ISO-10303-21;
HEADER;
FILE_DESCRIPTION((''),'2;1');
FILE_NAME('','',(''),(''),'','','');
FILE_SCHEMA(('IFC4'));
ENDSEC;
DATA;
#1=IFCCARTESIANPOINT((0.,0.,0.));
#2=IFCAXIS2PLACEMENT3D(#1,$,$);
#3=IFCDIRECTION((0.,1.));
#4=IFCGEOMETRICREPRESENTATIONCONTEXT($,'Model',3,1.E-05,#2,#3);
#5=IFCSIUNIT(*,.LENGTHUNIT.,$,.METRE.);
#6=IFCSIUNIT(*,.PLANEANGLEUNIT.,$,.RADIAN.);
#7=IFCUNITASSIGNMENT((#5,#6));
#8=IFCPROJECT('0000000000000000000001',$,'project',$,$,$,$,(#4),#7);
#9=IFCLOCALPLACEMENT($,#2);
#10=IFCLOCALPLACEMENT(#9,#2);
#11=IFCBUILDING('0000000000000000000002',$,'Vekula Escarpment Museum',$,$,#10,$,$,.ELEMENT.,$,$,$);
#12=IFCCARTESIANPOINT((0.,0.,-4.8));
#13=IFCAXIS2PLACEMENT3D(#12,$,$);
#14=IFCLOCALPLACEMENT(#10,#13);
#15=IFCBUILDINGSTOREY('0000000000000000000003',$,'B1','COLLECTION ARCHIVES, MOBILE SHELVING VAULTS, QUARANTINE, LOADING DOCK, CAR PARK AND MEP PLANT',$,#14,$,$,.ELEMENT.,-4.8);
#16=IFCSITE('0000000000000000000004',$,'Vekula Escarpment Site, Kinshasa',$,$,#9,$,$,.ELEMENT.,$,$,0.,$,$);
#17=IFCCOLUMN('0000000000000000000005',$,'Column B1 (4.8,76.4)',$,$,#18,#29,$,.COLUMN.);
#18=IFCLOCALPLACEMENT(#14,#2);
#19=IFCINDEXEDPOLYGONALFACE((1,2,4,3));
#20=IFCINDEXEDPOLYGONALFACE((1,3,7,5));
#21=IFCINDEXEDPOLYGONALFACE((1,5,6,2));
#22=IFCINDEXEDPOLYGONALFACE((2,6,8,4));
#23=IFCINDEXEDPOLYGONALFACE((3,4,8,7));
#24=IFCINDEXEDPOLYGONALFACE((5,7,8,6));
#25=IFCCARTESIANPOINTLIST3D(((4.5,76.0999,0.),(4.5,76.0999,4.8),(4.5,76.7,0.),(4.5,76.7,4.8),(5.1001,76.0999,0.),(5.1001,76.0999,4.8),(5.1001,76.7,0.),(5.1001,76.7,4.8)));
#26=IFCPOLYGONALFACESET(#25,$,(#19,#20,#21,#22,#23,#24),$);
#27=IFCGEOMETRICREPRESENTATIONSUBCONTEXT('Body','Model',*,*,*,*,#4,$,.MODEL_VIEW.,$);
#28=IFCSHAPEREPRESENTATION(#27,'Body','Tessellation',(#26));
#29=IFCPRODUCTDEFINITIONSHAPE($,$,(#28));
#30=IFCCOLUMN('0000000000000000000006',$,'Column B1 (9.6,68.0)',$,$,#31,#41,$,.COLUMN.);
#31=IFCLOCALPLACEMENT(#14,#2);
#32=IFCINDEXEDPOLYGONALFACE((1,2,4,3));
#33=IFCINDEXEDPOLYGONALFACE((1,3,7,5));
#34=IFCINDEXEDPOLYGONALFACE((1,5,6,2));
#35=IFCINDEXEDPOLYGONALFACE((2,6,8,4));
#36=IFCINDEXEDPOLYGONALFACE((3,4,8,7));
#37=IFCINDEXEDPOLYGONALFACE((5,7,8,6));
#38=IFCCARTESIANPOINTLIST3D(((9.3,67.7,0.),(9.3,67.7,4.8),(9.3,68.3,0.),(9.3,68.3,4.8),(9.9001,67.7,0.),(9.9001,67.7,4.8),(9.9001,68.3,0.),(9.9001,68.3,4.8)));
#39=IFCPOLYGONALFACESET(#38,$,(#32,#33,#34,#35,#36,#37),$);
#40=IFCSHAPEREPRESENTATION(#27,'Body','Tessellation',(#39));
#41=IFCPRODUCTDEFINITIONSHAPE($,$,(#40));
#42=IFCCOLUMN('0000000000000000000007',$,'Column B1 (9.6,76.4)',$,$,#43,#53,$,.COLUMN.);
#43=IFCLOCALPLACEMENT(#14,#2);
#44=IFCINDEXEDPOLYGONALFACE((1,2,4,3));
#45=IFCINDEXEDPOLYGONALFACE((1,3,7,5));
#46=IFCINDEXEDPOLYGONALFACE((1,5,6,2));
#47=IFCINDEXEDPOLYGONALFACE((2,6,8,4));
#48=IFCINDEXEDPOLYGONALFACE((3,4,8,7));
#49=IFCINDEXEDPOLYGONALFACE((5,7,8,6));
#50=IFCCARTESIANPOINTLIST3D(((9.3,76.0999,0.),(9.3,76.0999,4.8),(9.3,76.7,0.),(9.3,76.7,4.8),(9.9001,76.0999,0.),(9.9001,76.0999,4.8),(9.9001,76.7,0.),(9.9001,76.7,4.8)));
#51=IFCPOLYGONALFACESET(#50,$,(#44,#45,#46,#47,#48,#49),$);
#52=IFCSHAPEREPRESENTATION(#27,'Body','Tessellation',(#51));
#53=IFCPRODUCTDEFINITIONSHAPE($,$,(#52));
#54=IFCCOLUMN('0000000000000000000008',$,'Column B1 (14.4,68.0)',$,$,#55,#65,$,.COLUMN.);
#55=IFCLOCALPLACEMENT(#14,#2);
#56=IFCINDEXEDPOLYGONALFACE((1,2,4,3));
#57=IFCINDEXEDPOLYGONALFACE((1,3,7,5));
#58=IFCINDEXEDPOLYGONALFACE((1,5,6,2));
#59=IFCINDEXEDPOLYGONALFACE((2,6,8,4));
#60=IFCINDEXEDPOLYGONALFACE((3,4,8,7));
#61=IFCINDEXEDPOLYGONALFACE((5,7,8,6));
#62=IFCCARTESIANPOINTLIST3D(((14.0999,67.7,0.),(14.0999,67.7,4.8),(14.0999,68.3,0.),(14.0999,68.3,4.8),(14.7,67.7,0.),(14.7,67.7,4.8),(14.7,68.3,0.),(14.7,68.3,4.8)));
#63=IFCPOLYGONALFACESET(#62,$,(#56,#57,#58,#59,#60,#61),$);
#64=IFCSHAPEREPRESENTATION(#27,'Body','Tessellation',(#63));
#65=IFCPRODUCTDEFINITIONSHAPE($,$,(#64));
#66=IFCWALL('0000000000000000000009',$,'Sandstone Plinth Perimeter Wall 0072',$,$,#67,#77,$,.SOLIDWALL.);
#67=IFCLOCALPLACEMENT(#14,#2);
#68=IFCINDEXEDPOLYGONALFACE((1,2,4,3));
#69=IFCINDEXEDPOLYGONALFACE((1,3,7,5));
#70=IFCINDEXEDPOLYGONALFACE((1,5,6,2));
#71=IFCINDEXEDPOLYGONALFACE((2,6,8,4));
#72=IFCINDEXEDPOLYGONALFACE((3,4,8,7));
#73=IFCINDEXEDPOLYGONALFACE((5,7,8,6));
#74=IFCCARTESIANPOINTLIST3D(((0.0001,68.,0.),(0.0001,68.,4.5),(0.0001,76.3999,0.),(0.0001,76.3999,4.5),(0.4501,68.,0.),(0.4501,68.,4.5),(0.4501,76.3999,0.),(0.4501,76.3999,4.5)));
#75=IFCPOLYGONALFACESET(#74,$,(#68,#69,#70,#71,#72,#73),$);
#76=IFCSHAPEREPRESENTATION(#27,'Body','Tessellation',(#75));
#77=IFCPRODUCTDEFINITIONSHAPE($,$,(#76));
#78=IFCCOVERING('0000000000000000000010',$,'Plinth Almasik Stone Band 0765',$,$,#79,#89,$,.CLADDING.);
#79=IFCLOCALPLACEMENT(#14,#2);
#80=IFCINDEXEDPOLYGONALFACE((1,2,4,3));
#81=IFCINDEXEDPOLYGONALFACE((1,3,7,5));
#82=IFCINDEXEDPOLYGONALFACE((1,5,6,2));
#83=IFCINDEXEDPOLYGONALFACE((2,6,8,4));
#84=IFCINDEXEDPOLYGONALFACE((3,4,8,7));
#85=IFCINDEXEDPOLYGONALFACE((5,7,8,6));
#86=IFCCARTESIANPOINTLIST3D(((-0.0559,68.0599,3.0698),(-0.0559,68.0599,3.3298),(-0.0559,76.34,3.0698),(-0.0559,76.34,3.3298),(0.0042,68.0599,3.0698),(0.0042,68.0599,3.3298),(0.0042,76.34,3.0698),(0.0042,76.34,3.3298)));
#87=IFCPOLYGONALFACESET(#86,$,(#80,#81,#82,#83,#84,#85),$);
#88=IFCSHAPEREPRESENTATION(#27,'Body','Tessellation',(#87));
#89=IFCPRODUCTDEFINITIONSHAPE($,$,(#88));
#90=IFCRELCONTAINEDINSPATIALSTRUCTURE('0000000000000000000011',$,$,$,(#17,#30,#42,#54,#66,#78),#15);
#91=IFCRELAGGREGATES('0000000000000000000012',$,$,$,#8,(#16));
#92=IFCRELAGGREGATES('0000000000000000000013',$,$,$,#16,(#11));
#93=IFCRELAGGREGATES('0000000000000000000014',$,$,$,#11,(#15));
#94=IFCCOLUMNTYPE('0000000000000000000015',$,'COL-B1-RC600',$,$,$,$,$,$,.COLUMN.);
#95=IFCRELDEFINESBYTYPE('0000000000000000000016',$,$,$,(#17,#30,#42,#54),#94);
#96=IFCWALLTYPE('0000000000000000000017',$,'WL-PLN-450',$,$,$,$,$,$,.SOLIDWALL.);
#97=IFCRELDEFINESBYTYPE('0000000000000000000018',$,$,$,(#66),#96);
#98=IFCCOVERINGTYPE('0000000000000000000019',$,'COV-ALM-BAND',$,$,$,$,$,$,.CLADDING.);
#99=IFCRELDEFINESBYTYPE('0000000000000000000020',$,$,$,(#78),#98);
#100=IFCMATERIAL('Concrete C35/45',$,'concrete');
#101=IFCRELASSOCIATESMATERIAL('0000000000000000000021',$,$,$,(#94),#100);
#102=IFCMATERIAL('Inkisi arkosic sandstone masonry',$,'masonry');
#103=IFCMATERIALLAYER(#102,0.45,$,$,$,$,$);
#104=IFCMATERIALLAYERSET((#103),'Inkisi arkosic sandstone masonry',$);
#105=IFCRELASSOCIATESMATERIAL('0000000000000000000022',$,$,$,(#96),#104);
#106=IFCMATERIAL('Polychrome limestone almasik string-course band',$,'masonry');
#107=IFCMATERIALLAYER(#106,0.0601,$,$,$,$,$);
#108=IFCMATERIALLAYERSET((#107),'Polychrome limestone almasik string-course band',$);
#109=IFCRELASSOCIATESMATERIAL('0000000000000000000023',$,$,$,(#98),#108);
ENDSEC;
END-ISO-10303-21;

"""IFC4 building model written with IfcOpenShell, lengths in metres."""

from ifc_helpers import new_model, si_unit, direction, frame, frame_2d, origin, origin_2d, place, context, subcontext, project, spatial, rectangle, extrude, material, layer, layer_set, material_profile, profile_set, type_object, element, save


model = new_model("IFC4")

# Units and contexts
model_context = context("Model", 3, precision=1e-05, world=origin(), true_north=direction((0.0, 1.0)))
body_context = subcontext(model_context, "Body", "Model", "MODEL_VIEW")
ifc_project = project(units=[si_unit("LENGTHUNIT", "METRE"), si_unit("PLANEANGLEUNIT", "RADIAN")], contexts=[model_context])

# Site, building, storey
site_placement = place(None, origin())
site = spatial("IfcSite", under=ifc_project, at=site_placement, Name="Vekula Escarpment Site, Kinshasa", CompositionType="ELEMENT", RefElevation=0.0)
building_placement = place(site_placement, origin())
building = spatial("IfcBuilding", under=site, at=building_placement, Name="Vekula Escarpment Museum", CompositionType="ELEMENT")
storey_placement = place(building_placement, frame((0.0, 0.0, -4.8)))
storey = spatial("IfcBuildingStorey", under=building, at=storey_placement, Name="B1", Description="COLLECTION ARCHIVES, MOBILE SHELVING VAULTS, QUARANTINE, LOADING DOCK, CAR PARK AND MEP PLANT", CompositionType="ELEMENT", Elevation=-4.8)

# Columns
ifc_material_1 = material(Name="Concrete C35/45", Category="concrete")
ifc_material_profile_1 = material_profile(ifc_material_1, rectangle(XDim=0.6001, YDim=0.6001, at=origin_2d()), Name="RC 600x600")
ifc_profile_set_1 = profile_set([ifc_material_profile_1], Name="Concrete C35/45")
column_type = type_object("IfcColumnType", Name="COL-B1-RC600", PredefinedType="COLUMN", material=ifc_profile_set_1)
for number, where, z_axis, x_axis, name in (
    (1, (4.8, 76.3999, 0.0), (0.0, 0.0, 1.0), (1.0, 0.0, 0.0), "Column B1 (4.8,76.4)"),
    (2, (9.6001, 68.0, 0.0), (0.0, 0.0, 1.0), (1.0, 0.0, 0.0), "Column B1 (9.6,68.0)"),
    (3, (9.6001, 76.3999, 0.0), (0.0, 0.0, 1.0), (1.0, 0.0, 0.0), "Column B1 (9.6,76.4)"),
    (4, (14.3999, 68.0, 0.0), (0.0, 0.0, 1.0), (1.0, 0.0, 0.0), "Column B1 (14.4,68.0)"),
):
    element("IfcColumn", number, at=place(storey_placement, frame(where, z_axis=z_axis, x_axis=x_axis)), inside=storey, type_object=column_type, Name=name, PredefinedType="COLUMN", context=body_context, shape_type="SweptSolid", body=[
        extrude(rectangle(XDim=0.6001, YDim=0.6001, at=origin_2d()), origin(), (0.0, 0.0, 1.0), 4.8),
    ])

# Wall
ifc_material_2 = material(Name="Inkisi arkosic sandstone masonry", Category="masonry")
ifc_layer_1 = layer(ifc_material_2, 0.45)
ifc_layer_set_1 = layer_set([ifc_layer_1], Name="Inkisi arkosic sandstone masonry")
wall_type = type_object("IfcWallType", Name="WL-PLN-450", PredefinedType="SOLIDWALL", material=ifc_layer_set_1)
wall_placement = place(storey_placement, frame((0.2251, 76.3999, 0.0), z_axis=(0.0, 0.0, 1.0), x_axis=(0.0, -1.0, 0.0)))
element("IfcWall", 5, at=wall_placement, inside=storey, type_object=wall_type, Name="Sandstone Plinth Perimeter Wall 0072", PredefinedType="SOLIDWALL", context=body_context, shape_type="SweptSolid", body=[
    extrude(rectangle(XDim=8.3999, YDim=0.45, at=frame_2d((4.2, 0.0))), origin(), (0.0, 0.0, 1.0), 4.5),
])

# Covering
ifc_material_3 = material(Name="Polychrome limestone almasik string-course band", Category="masonry")
ifc_layer_2 = layer(ifc_material_3, 0.0601)
ifc_layer_set_2 = layer_set([ifc_layer_2], Name="Polychrome limestone almasik string-course band")
covering_type = type_object("IfcCoveringType", Name="COV-ALM-BAND", PredefinedType="CLADDING", material=ifc_layer_set_2)
covering_placement = place(storey_placement, frame((-0.0259, 72.2, 3.0698), z_axis=(0.0, 0.0, 1.0), x_axis=(0.0, 1.0, 0.0)))
element("IfcCovering", 6, at=covering_placement, inside=storey, type_object=covering_type, Name="Plinth Almasik Stone Band 0765", PredefinedType="CLADDING", context=body_context, shape_type="SweptSolid", body=[
    extrude(rectangle(XDim=8.28, YDim=0.0601, at=origin_2d()), origin(), (0.0, 0.0, 1.0), 0.26),
])

save(model, "model.ifc")
